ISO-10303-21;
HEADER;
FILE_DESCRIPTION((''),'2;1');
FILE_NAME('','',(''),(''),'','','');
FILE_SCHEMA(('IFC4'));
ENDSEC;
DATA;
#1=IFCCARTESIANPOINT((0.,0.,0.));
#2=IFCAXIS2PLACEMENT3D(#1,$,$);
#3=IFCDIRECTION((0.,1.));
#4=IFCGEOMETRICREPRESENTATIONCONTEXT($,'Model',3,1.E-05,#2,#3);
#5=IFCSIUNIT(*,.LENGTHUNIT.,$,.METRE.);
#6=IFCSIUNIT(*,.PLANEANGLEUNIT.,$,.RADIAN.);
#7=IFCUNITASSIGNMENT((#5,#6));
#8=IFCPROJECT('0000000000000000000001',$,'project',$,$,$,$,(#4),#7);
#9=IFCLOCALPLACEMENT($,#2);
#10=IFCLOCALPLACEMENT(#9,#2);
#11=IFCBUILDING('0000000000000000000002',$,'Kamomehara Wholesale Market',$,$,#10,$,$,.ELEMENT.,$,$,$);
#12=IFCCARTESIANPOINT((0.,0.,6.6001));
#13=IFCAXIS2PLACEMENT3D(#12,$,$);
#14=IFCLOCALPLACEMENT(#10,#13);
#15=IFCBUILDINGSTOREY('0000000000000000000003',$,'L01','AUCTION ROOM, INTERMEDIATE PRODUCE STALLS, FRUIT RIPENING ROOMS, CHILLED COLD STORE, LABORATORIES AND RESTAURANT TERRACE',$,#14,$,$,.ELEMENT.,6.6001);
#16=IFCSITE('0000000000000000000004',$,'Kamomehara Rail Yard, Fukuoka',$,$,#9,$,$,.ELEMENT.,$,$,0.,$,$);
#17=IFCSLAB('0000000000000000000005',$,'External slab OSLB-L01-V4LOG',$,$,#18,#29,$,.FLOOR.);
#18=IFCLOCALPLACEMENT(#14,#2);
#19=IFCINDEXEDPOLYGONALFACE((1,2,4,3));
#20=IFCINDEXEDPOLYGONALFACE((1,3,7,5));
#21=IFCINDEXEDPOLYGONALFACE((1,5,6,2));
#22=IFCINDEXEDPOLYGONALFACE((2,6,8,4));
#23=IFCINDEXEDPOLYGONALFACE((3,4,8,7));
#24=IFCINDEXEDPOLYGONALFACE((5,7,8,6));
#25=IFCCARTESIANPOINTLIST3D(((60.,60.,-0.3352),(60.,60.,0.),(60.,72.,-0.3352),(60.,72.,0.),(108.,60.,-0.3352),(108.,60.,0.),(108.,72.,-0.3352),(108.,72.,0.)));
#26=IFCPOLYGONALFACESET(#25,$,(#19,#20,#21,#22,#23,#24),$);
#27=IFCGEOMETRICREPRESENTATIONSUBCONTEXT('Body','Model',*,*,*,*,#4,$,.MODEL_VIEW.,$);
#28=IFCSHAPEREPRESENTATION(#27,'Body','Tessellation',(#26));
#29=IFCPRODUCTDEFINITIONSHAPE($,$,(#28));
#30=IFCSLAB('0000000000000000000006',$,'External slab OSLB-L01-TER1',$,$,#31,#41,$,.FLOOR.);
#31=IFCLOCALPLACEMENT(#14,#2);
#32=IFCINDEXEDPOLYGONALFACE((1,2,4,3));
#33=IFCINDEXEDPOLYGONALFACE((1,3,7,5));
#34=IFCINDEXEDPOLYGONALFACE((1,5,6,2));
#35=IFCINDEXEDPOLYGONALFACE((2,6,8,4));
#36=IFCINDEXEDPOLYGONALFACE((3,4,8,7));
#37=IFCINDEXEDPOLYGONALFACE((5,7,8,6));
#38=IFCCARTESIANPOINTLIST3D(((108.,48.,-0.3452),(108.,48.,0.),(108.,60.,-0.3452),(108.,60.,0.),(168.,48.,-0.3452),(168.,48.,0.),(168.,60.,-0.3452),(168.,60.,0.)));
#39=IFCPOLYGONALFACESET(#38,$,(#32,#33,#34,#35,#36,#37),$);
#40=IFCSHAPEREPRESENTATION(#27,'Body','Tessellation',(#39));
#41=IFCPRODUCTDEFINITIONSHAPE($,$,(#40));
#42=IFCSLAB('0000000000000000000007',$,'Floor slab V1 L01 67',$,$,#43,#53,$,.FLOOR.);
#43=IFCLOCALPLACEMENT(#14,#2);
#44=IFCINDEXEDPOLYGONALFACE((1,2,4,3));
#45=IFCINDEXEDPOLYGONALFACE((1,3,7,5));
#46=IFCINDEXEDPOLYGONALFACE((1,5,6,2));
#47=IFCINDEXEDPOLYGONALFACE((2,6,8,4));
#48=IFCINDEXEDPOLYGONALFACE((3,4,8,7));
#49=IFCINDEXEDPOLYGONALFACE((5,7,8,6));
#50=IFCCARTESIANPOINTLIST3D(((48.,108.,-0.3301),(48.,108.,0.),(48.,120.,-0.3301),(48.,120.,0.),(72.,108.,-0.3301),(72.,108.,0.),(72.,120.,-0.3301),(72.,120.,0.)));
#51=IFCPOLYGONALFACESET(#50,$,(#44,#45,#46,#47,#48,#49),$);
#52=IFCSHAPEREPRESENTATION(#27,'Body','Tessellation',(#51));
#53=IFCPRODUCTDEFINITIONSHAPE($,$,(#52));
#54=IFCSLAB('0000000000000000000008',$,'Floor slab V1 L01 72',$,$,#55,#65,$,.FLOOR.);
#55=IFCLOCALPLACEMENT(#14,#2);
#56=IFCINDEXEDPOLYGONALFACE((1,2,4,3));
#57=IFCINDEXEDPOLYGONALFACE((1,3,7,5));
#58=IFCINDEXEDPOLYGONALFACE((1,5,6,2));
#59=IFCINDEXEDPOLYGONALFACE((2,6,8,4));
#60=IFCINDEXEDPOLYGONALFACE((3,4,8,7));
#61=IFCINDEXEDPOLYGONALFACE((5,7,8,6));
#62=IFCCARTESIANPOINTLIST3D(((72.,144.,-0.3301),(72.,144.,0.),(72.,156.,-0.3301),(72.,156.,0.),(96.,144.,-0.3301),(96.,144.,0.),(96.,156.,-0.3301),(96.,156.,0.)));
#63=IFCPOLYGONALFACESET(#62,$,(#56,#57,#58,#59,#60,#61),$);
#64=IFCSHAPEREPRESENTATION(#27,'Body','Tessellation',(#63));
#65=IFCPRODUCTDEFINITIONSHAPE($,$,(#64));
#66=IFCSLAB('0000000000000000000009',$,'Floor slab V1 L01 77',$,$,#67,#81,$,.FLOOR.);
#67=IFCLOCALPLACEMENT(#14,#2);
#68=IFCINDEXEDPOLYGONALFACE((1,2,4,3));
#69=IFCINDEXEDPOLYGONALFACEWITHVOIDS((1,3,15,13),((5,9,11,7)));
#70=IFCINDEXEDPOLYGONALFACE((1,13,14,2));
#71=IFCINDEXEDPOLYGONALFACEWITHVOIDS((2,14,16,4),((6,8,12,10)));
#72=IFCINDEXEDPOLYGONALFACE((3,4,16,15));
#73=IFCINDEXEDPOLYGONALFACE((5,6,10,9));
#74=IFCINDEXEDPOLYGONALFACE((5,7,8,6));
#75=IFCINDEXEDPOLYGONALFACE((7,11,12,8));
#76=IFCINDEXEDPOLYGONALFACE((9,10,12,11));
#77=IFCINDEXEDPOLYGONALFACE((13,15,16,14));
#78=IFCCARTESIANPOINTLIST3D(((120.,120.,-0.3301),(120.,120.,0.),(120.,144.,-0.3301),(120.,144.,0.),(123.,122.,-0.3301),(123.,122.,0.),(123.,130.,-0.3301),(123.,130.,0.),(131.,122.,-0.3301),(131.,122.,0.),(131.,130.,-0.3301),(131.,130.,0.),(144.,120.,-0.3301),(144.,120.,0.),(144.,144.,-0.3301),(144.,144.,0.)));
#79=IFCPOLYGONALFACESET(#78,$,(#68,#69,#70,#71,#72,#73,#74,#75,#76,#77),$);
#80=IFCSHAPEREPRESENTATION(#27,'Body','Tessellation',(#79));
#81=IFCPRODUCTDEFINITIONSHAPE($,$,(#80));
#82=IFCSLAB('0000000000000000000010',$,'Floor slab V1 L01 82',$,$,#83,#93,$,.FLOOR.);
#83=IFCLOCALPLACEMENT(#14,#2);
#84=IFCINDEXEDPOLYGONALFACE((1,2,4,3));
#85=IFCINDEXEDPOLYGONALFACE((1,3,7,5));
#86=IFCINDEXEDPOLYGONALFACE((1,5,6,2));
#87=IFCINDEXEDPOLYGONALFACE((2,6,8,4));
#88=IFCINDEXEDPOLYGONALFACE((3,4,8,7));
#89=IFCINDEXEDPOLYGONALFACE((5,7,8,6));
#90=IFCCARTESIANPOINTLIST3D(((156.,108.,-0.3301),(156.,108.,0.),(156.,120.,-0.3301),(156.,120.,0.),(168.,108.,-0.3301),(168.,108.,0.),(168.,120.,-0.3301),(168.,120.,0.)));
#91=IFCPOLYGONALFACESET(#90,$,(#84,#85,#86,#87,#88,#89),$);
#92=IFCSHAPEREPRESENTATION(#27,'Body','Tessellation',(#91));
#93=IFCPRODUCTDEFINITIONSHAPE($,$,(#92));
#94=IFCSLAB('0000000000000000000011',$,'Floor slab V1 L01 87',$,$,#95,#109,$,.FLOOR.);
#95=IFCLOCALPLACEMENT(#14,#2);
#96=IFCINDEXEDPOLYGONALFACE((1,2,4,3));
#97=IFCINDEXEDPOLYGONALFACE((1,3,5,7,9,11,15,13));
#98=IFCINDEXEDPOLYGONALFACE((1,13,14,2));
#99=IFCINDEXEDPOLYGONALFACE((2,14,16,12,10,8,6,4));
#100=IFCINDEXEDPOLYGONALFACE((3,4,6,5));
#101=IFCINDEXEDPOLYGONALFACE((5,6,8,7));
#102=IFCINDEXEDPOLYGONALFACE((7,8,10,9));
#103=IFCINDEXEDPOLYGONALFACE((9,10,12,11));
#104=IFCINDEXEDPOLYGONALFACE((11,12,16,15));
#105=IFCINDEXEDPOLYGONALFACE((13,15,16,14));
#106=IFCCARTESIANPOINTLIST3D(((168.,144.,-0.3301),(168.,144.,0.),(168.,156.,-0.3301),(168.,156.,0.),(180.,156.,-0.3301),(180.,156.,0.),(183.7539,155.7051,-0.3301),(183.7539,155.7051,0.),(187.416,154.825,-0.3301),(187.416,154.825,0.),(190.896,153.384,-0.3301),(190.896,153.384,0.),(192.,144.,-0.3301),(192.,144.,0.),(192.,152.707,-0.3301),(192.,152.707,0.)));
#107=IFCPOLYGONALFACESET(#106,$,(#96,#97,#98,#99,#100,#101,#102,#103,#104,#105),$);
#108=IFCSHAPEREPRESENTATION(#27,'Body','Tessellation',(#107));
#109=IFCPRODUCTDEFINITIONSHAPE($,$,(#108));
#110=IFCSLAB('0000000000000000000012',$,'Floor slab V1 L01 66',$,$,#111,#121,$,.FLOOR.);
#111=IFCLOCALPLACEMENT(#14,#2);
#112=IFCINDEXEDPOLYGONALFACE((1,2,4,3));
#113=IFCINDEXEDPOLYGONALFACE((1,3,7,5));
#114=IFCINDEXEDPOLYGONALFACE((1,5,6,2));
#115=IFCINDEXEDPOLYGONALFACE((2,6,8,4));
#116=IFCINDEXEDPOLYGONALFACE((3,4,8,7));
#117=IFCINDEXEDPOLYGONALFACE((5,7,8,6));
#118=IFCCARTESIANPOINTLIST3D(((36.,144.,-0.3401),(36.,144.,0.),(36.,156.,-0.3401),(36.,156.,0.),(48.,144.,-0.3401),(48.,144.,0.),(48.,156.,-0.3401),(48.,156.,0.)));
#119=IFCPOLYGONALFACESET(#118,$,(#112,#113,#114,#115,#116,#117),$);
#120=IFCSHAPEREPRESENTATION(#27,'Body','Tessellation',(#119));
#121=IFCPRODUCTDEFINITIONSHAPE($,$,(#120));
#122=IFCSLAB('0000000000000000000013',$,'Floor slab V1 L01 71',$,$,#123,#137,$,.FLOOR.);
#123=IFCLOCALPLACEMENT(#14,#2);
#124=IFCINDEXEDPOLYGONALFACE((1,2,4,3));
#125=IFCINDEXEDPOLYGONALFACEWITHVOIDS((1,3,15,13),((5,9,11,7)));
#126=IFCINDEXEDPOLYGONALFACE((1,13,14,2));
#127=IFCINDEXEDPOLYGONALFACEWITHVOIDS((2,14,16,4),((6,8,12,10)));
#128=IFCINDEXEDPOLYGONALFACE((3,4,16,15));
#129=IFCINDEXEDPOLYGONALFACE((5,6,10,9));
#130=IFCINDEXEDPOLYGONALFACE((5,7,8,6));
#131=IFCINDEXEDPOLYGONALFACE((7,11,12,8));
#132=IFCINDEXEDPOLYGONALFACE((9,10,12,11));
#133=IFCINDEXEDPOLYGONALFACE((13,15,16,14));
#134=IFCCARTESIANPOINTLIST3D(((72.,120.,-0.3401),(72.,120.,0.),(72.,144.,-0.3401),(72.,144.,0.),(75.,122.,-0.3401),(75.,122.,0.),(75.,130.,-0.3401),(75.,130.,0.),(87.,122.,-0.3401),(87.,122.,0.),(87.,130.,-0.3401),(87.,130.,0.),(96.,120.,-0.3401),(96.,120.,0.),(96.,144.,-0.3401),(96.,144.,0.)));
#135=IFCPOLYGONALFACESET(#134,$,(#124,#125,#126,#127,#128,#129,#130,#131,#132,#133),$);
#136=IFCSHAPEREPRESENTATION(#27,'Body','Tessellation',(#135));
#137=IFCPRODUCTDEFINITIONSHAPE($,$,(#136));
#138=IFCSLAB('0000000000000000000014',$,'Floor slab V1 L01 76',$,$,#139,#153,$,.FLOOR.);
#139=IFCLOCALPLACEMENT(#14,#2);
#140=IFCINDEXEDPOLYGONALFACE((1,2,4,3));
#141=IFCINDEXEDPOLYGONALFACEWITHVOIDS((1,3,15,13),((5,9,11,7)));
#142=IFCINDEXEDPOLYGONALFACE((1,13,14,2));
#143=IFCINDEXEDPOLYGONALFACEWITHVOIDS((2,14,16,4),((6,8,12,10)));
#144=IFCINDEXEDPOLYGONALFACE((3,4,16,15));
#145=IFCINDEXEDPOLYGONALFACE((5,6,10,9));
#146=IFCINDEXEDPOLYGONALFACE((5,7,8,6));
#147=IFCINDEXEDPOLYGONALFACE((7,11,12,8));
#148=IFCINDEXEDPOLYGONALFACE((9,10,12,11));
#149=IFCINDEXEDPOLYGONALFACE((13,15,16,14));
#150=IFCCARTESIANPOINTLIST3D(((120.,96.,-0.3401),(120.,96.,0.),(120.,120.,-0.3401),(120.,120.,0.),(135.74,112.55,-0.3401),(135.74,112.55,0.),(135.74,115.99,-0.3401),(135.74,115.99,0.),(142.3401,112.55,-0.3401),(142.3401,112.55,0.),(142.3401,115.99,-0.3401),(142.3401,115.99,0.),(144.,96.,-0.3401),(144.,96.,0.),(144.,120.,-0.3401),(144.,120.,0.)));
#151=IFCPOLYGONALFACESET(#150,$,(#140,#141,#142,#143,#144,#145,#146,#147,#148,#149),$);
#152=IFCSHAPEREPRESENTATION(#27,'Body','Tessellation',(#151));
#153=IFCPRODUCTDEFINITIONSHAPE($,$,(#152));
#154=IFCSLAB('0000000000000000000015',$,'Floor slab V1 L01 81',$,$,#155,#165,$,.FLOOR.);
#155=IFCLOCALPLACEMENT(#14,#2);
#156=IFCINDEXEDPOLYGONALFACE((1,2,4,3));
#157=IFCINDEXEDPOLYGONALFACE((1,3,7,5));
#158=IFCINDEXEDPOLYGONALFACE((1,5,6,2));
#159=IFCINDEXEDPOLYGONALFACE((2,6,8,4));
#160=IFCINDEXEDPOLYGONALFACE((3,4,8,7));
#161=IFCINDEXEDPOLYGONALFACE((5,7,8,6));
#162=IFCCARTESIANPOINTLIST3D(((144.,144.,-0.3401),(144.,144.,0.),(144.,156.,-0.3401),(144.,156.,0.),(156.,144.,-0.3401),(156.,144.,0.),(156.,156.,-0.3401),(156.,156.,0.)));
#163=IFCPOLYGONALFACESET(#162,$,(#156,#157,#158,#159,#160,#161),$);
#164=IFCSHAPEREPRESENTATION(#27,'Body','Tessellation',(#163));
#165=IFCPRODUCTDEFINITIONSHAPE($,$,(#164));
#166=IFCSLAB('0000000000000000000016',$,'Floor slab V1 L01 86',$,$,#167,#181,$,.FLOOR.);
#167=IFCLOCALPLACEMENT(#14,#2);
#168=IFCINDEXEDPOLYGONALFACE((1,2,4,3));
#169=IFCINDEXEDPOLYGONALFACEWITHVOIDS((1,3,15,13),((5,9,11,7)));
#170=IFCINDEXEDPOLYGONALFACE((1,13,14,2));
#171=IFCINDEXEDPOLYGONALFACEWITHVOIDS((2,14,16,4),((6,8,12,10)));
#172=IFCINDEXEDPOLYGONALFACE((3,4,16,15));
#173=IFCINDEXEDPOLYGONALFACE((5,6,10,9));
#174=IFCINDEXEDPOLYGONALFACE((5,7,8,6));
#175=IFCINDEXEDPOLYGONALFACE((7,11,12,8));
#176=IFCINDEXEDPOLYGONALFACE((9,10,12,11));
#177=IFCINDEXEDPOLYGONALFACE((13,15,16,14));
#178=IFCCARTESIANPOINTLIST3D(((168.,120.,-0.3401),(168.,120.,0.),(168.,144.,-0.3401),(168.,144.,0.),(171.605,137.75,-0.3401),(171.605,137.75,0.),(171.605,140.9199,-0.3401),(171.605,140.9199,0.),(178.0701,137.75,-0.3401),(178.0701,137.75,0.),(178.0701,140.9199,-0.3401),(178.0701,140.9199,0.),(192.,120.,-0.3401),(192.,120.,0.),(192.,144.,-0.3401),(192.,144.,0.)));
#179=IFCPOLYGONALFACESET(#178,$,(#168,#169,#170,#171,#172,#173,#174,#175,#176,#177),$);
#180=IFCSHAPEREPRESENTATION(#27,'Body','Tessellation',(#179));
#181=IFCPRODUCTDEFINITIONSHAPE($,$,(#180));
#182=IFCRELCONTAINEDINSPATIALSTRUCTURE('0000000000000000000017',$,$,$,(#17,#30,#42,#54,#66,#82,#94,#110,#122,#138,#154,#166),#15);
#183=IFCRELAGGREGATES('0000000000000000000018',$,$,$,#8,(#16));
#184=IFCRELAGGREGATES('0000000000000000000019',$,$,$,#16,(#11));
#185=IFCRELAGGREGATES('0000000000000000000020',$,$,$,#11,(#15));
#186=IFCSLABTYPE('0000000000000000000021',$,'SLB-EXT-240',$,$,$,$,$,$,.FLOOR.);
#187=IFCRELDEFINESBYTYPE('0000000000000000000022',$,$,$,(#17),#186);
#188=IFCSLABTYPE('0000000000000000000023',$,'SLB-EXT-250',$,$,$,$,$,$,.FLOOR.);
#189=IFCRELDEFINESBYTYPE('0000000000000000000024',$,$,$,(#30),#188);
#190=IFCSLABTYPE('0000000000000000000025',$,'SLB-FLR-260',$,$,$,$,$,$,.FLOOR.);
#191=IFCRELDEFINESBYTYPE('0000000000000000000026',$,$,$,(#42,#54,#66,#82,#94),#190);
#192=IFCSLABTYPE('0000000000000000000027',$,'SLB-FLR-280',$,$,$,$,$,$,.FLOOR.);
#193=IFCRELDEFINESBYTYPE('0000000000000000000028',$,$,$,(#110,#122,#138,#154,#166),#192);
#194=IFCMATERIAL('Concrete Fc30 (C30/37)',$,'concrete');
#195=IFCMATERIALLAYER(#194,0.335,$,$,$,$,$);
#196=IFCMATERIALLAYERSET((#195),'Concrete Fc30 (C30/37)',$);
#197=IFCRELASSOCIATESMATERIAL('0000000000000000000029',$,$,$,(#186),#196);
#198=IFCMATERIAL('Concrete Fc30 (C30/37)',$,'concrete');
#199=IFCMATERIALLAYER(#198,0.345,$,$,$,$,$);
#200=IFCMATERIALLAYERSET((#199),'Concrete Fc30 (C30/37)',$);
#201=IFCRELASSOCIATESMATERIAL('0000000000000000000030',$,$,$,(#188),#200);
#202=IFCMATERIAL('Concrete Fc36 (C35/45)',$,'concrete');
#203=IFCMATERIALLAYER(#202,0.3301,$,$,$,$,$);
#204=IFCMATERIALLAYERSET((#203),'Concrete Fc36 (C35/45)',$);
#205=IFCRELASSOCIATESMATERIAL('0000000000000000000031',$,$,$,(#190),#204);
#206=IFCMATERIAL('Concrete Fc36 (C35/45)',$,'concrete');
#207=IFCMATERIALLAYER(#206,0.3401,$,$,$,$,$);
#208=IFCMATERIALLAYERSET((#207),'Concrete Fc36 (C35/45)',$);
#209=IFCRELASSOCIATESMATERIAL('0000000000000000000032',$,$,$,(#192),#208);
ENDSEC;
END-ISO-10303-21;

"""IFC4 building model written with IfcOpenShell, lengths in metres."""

from ifc_helpers import new_model, si_unit, direction, frame, origin, place, context, subcontext, project, spatial, polyline, outline, extrude, material, layer, layer_set, type_object, element, save


model = new_model("IFC4")

# Units and contexts
model_context = context("Model", 3, precision=1e-05, world=origin(), true_north=direction((0.0, 1.0)))
body_context = subcontext(model_context, "Body", "Model", "MODEL_VIEW")
ifc_project = project(units=[si_unit("LENGTHUNIT", "METRE"), si_unit("PLANEANGLEUNIT", "RADIAN")], contexts=[model_context])

# Site, building, storey
site_placement = place(None, origin())
site = spatial("IfcSite", under=ifc_project, at=site_placement, Name="Kamomehara Rail Yard, Fukuoka", CompositionType="ELEMENT", RefElevation=0.0)
building_placement = place(site_placement, origin())
building = spatial("IfcBuilding", under=site, at=building_placement, Name="Kamomehara Wholesale Market", CompositionType="ELEMENT")
storey_placement = place(building_placement, frame((0.0, 0.0, 6.6001)))
storey = spatial("IfcBuildingStorey", under=building, at=storey_placement, Name="L01", Description="AUCTION ROOM, INTERMEDIATE PRODUCE STALLS, FRUIT RIPENING ROOMS, CHILLED COLD STORE, LABORATORIES AND RESTAURANT TERRACE", CompositionType="ELEMENT", Elevation=6.6001)

# Slabs
ifc_material_1 = material(Name="Concrete Fc30 (C30/37)", Category="concrete")
ifc_layer_1 = layer(ifc_material_1, 0.335)
ifc_layer_set_1 = layer_set([ifc_layer_1], Name="Concrete Fc30 (C30/37)")
slab_type_1 = type_object("IfcSlabType", Name="SLB-EXT-240", PredefinedType="FLOOR", material=ifc_layer_set_1)
slab_1_placement = place(storey_placement, frame((0.0, 0.0, -0.3352)))
element("IfcSlab", 1, at=slab_1_placement, inside=storey, type_object=slab_type_1, Name="External slab OSLB-L01-V4LOG", PredefinedType="FLOOR", context=body_context, shape_type="SweptSolid", body=[
    extrude(outline(polyline([(60.0, 60.0), (108.0, 60.0), (108.0, 72.0), (60.0, 72.0), (60.0, 60.0)])), origin(), (0.0, 0.0, 1.0), 0.3352),
])
ifc_material_2 = material(Name="Concrete Fc30 (C30/37)", Category="concrete")
ifc_layer_2 = layer(ifc_material_2, 0.345)
ifc_layer_set_2 = layer_set([ifc_layer_2], Name="Concrete Fc30 (C30/37)")
slab_type_2 = type_object("IfcSlabType", Name="SLB-EXT-250", PredefinedType="FLOOR", material=ifc_layer_set_2)
slab_2_placement = place(storey_placement, frame((0.0, 0.0, -0.3452)))
element("IfcSlab", 2, at=slab_2_placement, inside=storey, type_object=slab_type_2, Name="External slab OSLB-L01-TER1", PredefinedType="FLOOR", context=body_context, shape_type="SweptSolid", body=[
    extrude(outline(polyline([(108.0, 48.0), (168.0, 48.0), (168.0, 60.0), (108.0, 60.0), (108.0, 48.0)])), origin(), (0.0, 0.0, 1.0), 0.3452),
])
ifc_material_3 = material(Name="Concrete Fc36 (C35/45)", Category="concrete")
ifc_layer_3 = layer(ifc_material_3, 0.3301)
ifc_layer_set_3 = layer_set([ifc_layer_3], Name="Concrete Fc36 (C35/45)")
slab_type_3 = type_object("IfcSlabType", Name="SLB-FLR-260", PredefinedType="FLOOR", material=ifc_layer_set_3)
slab_3_placement = place(storey_placement, frame((0.0, 0.0, -0.3301)))
element("IfcSlab", 3, at=slab_3_placement, inside=storey, type_object=slab_type_3, Name="Floor slab V1 L01 67", PredefinedType="FLOOR", context=body_context, shape_type="SweptSolid", body=[
    extrude(outline(polyline([(72.0, 108.0), (48.0, 108.0), (48.0, 120.0), (72.0, 120.0), (72.0, 108.0)])), origin(), (0.0, 0.0, 1.0), 0.3301),
])
slab_4_placement = place(storey_placement, frame((0.0, 0.0, -0.3301)))
element("IfcSlab", 4, at=slab_4_placement, inside=storey, type_object=slab_type_3, Name="Floor slab V1 L01 72", PredefinedType="FLOOR", context=body_context, shape_type="SweptSolid", body=[
    extrude(outline(polyline([(96.0, 144.0), (72.0, 144.0), (72.0, 156.0), (96.0, 156.0), (96.0, 144.0)])), origin(), (0.0, 0.0, 1.0), 0.3301),
])
slab_5_placement = place(storey_placement, frame((0.0, 0.0, -0.3301)))
element("IfcSlab", 5, at=slab_5_placement, inside=storey, type_object=slab_type_3, Name="Floor slab V1 L01 77", PredefinedType="FLOOR", context=body_context, shape_type="SweptSolid", body=[
    extrude(outline(polyline([(120.0, 120.0), (120.0, 144.0), (144.0, 144.0), (144.0, 120.0), (120.0, 120.0)]), holes=[polyline([(131.0, 122.0), (131.0, 130.0), (123.0, 130.0), (123.0, 122.0), (131.0, 122.0)])]), origin(), (0.0, 0.0, 1.0), 0.3301),
])
slab_6_placement = place(storey_placement, frame((0.0, 0.0, -0.3301)))
element("IfcSlab", 6, at=slab_6_placement, inside=storey, type_object=slab_type_3, Name="Floor slab V1 L01 82", PredefinedType="FLOOR", context=body_context, shape_type="SweptSolid", body=[
    extrude(outline(polyline([(168.0, 120.0), (168.0, 108.0), (156.0, 108.0), (156.0, 120.0), (168.0, 120.0)])), origin(), (0.0, 0.0, 1.0), 0.3301),
])
slab_7_placement = place(storey_placement, frame((0.0, 0.0, -0.3301)))
element("IfcSlab", 7, at=slab_7_placement, inside=storey, type_object=slab_type_3, Name="Floor slab V1 L01 87", PredefinedType="FLOOR", context=body_context, shape_type="SweptSolid", body=[
    extrude(outline(polyline([(192.0, 144.0), (168.0, 144.0), (168.0, 156.0), (180.0, 156.0), (183.7539, 155.7051), (187.416, 154.825), (190.896, 153.384), (192.0, 152.707), (192.0, 144.0)])), origin(), (0.0, 0.0, 1.0), 0.3301),
])
ifc_material_4 = material(Name="Concrete Fc36 (C35/45)", Category="concrete")
ifc_layer_4 = layer(ifc_material_4, 0.3401)
ifc_layer_set_4 = layer_set([ifc_layer_4], Name="Concrete Fc36 (C35/45)")
slab_type_4 = type_object("IfcSlabType", Name="SLB-FLR-280", PredefinedType="FLOOR", material=ifc_layer_set_4)
slab_8_placement = place(storey_placement, frame((0.0, 0.0, -0.3401)))
element("IfcSlab", 8, at=slab_8_placement, inside=storey, type_object=slab_type_4, Name="Floor slab V1 L01 66", PredefinedType="FLOOR", context=body_context, shape_type="SweptSolid", body=[
    extrude(outline(polyline([(48.0, 144.0), (36.0, 144.0), (36.0, 156.0), (48.0, 156.0), (48.0, 144.0)])), origin(), (0.0, 0.0, 1.0), 0.3401),
])
slab_9_placement = place(storey_placement, frame((0.0, 0.0, -0.3401)))
element("IfcSlab", 9, at=slab_9_placement, inside=storey, type_object=slab_type_4, Name="Floor slab V1 L01 71", PredefinedType="FLOOR", context=body_context, shape_type="SweptSolid", body=[
    extrude(outline(polyline([(96.0, 144.0), (96.0, 120.0), (72.0, 120.0), (72.0, 144.0), (96.0, 144.0)]), holes=[polyline([(87.0, 122.0), (87.0, 130.0), (75.0, 130.0), (75.0, 122.0), (87.0, 122.0)])]), origin(), (0.0, 0.0, 1.0), 0.3401),
])
slab_10_placement = place(storey_placement, frame((0.0, 0.0, -0.3401)))
element("IfcSlab", 10, at=slab_10_placement, inside=storey, type_object=slab_type_4, Name="Floor slab V1 L01 76", PredefinedType="FLOOR", context=body_context, shape_type="SweptSolid", body=[
    extrude(outline(polyline([(120.0, 120.0), (144.0, 120.0), (144.0, 96.0), (120.0, 96.0), (120.0, 120.0)]), holes=[polyline([(142.3401, 112.55), (142.3401, 115.99), (135.74, 115.99), (135.74, 112.55), (142.3401, 112.55)])]), origin(), (0.0, 0.0, 1.0), 0.3401),
])
slab_11_placement = place(storey_placement, frame((0.0, 0.0, -0.3401)))
element("IfcSlab", 11, at=slab_11_placement, inside=storey, type_object=slab_type_4, Name="Floor slab V1 L01 81", PredefinedType="FLOOR", context=body_context, shape_type="SweptSolid", body=[
    extrude(outline(polyline([(156.0, 144.0), (144.0, 144.0), (144.0, 156.0), (156.0, 156.0), (156.0, 144.0)])), origin(), (0.0, 0.0, 1.0), 0.3401),
])
slab_12_placement = place(storey_placement, frame((0.0, 0.0, -0.3401)))
element("IfcSlab", 12, at=slab_12_placement, inside=storey, type_object=slab_type_4, Name="Floor slab V1 L01 86", PredefinedType="FLOOR", context=body_context, shape_type="SweptSolid", body=[
    extrude(outline(polyline([(168.0, 120.0), (168.0, 144.0), (192.0, 144.0), (192.0, 120.0), (168.0, 120.0)]), holes=[polyline([(178.0701, 137.75), (178.0701, 140.9199), (171.605, 140.9199), (171.605, 137.75), (178.0701, 137.75)])]), origin(), (0.0, 0.0, 1.0), 0.3401),
])

save(model, "model.ifc")
